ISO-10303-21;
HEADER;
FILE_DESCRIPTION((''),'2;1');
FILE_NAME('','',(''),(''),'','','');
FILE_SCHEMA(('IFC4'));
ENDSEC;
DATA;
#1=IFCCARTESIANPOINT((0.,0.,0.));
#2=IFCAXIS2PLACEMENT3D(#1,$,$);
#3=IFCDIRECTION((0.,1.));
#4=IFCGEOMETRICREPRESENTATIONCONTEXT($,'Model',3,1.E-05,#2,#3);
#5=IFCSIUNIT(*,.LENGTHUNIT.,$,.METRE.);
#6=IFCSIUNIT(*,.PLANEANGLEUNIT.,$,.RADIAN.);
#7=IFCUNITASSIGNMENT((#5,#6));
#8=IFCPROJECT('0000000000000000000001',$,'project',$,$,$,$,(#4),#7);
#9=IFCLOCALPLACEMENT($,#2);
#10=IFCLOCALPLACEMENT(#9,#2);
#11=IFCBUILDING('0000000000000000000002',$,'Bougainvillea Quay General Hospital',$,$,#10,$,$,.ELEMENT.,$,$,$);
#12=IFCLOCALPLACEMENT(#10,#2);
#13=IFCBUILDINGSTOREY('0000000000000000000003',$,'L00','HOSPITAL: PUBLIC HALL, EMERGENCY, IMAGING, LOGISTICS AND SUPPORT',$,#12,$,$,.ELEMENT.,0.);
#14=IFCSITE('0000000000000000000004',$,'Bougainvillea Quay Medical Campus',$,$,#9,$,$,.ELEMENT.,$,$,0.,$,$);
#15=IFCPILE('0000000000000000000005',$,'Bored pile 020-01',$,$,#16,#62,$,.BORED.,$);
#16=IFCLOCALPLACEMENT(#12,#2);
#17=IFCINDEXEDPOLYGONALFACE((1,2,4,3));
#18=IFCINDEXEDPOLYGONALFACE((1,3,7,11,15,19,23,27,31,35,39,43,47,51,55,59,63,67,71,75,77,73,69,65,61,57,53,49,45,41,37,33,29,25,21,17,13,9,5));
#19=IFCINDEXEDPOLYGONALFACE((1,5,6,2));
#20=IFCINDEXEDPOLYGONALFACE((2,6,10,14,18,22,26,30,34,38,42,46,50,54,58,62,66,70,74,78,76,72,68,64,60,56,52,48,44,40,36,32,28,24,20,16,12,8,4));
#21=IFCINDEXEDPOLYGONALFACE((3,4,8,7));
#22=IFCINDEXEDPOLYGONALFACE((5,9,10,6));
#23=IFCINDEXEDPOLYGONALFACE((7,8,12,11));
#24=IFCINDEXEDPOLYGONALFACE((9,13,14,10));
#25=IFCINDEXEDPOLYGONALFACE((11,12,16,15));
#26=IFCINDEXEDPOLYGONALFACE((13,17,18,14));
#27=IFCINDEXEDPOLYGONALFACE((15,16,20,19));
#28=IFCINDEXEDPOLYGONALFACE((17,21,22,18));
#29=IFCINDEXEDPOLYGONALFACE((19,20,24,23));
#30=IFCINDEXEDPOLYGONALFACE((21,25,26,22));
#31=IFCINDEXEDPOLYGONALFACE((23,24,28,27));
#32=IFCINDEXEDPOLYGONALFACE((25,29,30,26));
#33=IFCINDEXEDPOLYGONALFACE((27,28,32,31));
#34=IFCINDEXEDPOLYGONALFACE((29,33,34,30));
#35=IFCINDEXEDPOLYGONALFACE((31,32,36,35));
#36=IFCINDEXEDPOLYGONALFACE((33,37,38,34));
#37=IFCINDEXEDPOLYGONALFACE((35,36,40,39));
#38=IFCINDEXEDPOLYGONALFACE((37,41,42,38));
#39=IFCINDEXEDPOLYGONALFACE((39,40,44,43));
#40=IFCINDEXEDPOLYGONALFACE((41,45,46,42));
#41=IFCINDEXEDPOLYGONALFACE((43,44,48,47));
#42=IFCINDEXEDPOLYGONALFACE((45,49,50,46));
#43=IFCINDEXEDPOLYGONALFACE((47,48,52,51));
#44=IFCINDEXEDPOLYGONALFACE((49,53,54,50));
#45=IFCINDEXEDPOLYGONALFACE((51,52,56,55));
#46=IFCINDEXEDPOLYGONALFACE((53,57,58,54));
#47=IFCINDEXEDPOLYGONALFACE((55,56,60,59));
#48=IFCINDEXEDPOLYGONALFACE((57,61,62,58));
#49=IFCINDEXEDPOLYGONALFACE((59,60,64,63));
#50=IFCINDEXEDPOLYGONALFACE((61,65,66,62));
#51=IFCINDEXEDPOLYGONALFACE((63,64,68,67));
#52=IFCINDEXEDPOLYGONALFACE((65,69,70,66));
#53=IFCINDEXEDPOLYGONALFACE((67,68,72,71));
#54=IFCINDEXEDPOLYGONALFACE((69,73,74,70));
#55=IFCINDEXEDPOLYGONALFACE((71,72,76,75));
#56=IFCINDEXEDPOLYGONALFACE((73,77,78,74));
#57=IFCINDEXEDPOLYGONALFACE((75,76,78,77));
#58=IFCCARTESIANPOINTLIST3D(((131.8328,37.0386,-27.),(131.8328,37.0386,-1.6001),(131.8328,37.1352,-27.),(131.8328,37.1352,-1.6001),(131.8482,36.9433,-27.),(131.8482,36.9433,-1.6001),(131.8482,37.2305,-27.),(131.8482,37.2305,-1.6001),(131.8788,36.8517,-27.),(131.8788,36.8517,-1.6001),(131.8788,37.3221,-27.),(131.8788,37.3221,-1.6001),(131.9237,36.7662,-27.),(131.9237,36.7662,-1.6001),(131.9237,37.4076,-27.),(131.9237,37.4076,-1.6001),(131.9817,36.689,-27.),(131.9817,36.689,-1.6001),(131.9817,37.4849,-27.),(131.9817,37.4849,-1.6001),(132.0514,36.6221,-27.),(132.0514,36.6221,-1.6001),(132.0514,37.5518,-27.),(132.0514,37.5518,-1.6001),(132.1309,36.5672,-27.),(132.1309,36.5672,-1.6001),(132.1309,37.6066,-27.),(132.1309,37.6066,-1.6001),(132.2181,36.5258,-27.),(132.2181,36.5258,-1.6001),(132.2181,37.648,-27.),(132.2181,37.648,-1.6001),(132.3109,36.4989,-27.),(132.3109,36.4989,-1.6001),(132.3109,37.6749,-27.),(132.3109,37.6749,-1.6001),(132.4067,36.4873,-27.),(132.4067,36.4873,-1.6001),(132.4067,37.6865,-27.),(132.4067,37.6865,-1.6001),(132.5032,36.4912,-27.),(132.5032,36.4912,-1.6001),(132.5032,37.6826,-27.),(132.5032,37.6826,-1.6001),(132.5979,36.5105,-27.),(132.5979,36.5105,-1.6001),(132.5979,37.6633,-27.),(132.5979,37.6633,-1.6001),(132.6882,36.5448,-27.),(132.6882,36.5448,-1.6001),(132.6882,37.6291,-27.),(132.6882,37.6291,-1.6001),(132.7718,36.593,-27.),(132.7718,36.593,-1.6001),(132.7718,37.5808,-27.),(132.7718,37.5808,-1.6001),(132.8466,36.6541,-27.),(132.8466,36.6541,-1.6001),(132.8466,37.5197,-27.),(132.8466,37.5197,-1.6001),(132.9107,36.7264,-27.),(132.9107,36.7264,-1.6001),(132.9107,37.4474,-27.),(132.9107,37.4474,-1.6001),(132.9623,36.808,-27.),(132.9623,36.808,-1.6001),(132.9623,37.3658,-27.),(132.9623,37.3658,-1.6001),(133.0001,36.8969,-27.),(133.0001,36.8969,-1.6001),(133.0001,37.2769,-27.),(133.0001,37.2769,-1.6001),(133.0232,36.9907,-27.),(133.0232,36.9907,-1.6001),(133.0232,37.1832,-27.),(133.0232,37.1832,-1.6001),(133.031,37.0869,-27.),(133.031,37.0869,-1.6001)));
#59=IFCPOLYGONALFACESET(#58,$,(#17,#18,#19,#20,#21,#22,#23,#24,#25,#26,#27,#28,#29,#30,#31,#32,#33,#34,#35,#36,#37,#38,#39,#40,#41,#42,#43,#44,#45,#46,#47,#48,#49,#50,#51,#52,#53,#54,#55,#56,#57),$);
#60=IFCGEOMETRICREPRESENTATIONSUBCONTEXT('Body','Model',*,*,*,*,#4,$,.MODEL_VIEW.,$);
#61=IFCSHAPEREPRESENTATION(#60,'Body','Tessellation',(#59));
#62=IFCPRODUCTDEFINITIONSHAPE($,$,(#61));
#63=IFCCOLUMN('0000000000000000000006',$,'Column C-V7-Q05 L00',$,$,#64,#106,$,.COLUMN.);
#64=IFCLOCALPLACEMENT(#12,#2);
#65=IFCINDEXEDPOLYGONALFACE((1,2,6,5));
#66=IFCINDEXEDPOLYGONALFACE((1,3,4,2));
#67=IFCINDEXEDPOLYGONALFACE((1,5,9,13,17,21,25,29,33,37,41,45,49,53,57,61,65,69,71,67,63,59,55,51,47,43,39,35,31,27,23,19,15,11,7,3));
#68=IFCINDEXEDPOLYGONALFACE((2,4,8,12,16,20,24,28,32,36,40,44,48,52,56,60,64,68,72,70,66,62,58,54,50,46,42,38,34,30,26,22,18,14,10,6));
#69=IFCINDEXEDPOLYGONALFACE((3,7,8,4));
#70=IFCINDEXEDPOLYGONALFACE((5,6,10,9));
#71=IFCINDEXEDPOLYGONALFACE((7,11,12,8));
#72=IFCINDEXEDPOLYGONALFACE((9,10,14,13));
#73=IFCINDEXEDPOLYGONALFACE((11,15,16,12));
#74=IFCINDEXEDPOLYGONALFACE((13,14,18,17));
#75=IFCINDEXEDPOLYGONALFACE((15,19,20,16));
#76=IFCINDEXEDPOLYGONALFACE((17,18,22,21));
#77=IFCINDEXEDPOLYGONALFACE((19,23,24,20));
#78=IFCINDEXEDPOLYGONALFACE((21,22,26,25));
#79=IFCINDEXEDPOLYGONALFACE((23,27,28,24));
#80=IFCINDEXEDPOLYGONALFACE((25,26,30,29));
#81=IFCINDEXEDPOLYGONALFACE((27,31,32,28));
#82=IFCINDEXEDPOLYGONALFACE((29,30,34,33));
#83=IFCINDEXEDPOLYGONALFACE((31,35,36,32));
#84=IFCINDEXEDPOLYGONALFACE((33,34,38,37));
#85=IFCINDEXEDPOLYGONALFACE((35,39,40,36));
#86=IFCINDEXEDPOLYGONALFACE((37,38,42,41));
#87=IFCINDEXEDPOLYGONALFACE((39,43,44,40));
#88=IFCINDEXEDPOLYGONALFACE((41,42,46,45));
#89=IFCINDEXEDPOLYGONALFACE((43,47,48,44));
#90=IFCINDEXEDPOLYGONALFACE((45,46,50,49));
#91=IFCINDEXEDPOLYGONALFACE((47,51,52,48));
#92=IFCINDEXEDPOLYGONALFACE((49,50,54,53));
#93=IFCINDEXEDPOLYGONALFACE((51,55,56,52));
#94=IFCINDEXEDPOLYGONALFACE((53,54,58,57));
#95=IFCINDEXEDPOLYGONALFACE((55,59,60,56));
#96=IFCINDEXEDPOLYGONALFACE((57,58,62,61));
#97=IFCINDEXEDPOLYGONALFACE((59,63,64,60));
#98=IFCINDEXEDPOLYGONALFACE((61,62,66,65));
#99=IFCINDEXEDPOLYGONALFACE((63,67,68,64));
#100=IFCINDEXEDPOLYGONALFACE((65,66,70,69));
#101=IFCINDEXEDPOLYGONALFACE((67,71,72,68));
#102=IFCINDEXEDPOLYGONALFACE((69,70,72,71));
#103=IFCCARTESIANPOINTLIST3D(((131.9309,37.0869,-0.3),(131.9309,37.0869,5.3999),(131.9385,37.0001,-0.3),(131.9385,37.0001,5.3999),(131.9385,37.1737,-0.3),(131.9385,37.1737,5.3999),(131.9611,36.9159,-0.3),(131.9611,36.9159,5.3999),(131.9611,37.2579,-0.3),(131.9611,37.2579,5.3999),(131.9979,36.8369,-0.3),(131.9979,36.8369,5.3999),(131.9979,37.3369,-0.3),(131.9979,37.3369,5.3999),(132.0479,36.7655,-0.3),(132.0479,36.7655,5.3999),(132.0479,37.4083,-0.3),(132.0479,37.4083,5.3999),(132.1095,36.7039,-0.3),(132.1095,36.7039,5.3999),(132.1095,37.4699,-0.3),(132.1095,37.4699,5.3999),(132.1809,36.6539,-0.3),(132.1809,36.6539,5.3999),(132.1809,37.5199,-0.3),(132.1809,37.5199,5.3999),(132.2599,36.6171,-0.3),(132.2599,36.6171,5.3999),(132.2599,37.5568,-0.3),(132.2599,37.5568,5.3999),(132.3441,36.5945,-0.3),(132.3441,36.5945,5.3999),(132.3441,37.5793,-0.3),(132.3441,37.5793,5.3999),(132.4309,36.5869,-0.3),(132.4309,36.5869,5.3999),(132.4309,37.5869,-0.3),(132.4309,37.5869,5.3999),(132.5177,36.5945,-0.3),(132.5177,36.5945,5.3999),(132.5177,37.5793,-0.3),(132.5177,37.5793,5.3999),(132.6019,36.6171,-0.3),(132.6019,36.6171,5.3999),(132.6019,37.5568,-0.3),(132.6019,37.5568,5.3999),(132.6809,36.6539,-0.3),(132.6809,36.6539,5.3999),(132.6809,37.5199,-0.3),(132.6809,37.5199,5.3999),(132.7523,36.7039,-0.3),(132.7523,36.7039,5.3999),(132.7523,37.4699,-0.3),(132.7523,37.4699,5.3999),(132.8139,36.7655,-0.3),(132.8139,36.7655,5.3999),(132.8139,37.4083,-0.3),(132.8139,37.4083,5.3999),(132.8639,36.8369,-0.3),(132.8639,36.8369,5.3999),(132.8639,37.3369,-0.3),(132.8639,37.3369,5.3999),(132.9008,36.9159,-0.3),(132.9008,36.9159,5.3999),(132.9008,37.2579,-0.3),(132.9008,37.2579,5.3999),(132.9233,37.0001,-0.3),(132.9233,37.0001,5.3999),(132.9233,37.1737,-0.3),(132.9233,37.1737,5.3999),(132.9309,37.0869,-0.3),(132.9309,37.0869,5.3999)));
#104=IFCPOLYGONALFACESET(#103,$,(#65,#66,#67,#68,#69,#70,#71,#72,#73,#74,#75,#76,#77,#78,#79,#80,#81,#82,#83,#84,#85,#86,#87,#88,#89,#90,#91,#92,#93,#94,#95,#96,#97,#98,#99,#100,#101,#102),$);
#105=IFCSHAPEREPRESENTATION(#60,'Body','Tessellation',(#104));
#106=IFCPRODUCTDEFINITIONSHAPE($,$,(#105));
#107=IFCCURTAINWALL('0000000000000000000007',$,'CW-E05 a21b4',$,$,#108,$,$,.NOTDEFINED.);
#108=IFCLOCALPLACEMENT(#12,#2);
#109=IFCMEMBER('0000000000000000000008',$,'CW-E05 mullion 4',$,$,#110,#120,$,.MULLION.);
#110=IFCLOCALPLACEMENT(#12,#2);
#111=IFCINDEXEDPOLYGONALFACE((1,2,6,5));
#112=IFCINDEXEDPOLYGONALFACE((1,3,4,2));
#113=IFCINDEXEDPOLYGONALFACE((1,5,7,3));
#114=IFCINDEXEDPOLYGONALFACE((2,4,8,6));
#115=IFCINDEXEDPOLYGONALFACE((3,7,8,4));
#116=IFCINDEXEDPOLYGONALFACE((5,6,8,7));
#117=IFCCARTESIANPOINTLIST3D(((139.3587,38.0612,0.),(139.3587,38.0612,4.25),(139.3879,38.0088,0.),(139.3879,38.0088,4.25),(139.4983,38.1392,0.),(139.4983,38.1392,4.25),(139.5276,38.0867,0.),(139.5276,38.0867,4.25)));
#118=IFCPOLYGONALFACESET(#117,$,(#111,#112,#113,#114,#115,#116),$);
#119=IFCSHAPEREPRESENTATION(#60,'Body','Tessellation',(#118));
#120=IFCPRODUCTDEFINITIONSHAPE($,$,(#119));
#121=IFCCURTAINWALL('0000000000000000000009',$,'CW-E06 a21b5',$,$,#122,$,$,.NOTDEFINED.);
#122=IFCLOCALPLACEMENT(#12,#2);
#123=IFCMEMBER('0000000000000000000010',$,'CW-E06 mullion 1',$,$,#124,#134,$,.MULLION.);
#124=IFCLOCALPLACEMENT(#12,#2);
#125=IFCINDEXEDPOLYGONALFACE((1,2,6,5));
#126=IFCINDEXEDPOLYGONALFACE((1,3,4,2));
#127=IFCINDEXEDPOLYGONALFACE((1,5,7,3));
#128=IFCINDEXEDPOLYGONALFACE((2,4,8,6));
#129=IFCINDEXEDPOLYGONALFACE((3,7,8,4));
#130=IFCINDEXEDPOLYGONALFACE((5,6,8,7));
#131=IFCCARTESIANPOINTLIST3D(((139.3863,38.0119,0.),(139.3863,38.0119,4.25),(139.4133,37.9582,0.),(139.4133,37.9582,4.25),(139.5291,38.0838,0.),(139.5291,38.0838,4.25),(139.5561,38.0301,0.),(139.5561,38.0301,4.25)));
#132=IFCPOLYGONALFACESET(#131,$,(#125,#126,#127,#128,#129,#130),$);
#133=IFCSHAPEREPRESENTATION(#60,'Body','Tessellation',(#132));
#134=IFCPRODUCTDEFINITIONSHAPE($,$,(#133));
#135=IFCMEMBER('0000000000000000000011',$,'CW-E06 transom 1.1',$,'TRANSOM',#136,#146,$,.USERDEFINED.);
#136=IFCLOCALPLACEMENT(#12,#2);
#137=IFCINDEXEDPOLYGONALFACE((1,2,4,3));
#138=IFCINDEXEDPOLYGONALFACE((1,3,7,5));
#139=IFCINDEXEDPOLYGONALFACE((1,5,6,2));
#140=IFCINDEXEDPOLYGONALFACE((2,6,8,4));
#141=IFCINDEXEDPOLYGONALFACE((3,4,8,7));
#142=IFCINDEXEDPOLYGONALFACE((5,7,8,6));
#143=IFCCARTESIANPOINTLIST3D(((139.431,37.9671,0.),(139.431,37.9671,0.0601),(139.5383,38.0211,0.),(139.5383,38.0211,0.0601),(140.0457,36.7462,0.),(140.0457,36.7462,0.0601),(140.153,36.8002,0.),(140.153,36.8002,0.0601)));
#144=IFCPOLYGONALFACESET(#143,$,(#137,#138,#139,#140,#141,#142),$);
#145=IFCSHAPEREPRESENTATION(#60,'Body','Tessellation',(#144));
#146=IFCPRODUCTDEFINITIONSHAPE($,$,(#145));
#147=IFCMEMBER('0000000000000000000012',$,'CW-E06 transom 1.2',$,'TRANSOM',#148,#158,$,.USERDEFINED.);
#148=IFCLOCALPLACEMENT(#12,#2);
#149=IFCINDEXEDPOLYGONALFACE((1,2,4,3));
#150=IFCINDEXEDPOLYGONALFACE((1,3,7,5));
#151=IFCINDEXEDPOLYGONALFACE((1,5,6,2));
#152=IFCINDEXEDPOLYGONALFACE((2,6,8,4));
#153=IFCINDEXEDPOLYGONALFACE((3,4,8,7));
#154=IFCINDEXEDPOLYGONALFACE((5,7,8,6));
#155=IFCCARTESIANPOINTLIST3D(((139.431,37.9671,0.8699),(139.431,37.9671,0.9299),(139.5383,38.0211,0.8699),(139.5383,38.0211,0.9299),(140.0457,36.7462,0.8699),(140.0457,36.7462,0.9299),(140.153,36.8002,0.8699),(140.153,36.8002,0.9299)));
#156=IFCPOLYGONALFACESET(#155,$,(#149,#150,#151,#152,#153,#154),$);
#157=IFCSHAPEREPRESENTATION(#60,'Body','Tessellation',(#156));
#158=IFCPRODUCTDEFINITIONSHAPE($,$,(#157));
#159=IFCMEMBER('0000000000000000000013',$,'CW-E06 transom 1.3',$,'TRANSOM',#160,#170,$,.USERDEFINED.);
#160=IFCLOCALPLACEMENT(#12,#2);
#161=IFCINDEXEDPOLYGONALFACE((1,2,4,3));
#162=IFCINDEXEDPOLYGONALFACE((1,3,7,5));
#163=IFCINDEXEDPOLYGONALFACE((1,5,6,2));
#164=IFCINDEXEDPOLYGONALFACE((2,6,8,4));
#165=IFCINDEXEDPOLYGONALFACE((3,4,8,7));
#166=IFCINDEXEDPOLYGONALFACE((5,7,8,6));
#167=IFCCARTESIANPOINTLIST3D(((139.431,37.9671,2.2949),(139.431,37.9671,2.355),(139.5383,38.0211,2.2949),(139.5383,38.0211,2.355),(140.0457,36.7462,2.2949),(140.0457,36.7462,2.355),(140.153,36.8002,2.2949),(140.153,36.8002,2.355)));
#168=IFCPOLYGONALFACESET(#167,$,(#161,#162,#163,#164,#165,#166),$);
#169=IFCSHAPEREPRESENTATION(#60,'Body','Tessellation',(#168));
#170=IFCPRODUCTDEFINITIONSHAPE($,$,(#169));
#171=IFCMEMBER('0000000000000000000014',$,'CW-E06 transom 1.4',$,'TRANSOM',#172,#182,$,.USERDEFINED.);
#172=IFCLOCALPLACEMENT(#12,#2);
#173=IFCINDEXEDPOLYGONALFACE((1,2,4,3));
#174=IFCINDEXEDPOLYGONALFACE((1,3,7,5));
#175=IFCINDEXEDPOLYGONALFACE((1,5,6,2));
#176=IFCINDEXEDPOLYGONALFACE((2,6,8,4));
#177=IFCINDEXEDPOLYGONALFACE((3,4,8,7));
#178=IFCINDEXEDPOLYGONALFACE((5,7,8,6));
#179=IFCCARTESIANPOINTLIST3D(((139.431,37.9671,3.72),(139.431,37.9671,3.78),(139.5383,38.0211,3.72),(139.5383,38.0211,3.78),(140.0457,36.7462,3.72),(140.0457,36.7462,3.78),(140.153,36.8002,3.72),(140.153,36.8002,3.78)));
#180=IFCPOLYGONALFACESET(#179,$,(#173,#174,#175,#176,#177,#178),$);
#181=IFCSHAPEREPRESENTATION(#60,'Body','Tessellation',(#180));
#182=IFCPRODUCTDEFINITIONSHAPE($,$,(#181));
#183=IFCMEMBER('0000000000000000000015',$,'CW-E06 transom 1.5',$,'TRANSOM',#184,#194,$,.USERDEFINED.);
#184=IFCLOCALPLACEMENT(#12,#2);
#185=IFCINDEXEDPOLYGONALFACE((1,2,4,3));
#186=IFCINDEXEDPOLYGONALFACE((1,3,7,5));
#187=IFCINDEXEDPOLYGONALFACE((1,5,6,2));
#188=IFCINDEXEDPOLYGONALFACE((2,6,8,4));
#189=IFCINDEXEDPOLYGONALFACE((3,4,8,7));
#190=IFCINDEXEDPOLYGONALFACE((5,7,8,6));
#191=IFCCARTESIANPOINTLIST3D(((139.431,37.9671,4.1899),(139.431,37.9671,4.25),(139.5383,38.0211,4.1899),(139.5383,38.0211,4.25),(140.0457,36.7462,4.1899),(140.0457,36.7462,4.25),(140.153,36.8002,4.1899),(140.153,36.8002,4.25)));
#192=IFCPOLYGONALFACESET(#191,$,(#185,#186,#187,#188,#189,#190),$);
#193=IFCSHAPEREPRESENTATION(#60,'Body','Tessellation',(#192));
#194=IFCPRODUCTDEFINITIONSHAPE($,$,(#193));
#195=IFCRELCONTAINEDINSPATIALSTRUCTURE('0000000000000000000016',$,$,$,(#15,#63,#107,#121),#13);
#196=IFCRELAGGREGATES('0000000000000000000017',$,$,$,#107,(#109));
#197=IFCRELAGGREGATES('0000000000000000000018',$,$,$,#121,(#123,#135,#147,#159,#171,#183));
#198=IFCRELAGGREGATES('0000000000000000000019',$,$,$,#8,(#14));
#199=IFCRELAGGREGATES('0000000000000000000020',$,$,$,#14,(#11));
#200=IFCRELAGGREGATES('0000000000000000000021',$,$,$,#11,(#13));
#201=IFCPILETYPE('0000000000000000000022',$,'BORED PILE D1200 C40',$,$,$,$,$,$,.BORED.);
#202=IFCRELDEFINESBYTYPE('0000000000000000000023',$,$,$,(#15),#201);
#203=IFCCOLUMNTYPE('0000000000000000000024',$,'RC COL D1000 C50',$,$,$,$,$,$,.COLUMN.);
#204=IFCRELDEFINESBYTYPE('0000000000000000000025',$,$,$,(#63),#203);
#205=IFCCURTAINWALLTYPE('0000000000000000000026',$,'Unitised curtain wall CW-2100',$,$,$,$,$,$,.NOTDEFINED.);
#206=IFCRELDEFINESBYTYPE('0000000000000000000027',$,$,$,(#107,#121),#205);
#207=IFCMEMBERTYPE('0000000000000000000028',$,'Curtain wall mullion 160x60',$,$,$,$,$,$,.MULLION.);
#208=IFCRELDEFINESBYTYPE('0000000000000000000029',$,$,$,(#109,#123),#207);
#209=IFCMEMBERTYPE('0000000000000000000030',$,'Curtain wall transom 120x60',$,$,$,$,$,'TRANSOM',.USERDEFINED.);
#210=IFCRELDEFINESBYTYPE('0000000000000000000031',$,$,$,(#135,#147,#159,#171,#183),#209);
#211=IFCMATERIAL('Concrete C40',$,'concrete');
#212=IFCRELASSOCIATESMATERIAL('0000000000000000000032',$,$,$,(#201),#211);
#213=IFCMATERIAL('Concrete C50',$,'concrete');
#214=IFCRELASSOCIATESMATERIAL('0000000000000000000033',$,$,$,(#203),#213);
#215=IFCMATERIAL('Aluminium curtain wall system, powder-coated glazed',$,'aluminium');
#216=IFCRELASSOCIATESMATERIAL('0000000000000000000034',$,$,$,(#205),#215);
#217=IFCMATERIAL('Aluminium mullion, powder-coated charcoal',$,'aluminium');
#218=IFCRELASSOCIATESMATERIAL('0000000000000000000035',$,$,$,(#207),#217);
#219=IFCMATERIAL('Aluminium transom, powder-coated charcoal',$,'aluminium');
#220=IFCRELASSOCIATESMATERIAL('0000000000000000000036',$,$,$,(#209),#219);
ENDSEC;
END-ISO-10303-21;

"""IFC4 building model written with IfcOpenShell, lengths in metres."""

from ifc_helpers import new_model, si_unit, direction, frame, origin, origin_2d, place, context, subcontext, project, spatial, rectangle, circle, extrude, material, material_profile, profile_set, type_object, element, aggregate, save


model = new_model("IFC4")

# Units and contexts
model_context = context("Model", 3, precision=1e-05, world=origin(), true_north=direction((0.0, 1.0)))
body_context = subcontext(model_context, "Body", "Model", "MODEL_VIEW")
ifc_project = project(units=[si_unit("LENGTHUNIT", "METRE"), si_unit("PLANEANGLEUNIT", "RADIAN")], contexts=[model_context])

# Site, building, storey
site_placement = place(None, origin())
site = spatial("IfcSite", under=ifc_project, at=site_placement, Name="Bougainvillea Quay Medical Campus", CompositionType="ELEMENT", RefElevation=0.0)
building_placement = place(site_placement, origin())
building = spatial("IfcBuilding", under=site, at=building_placement, Name="Bougainvillea Quay General Hospital", CompositionType="ELEMENT")
storey_placement = place(building_placement, origin())
storey = spatial("IfcBuildingStorey", under=building, at=storey_placement, Name="L00", Description="HOSPITAL: PUBLIC HALL, EMERGENCY, IMAGING, LOGISTICS AND SUPPORT", CompositionType="ELEMENT", Elevation=0.0)

# Pile
ifc_material_1 = material(Name="Concrete C40", Category="concrete")
ifc_material_profile_1 = material_profile(ifc_material_1, circle(Radius=0.6001, at=origin_2d()))
ifc_profile_set_1 = profile_set([ifc_material_profile_1], Name="Concrete C40")
pile_type = type_object("IfcPileType", Name="BORED PILE D1200 C40", PredefinedType="BORED", material=ifc_profile_set_1)
pile_placement = place(storey_placement, frame((132.4309, 37.0869, -1.6001), z_axis=(0.0, 0.0, -1.0), x_axis=(1.0, 0.0, 0.0)))
element("IfcPile", 1, at=pile_placement, inside=storey, type_object=pile_type, Name="Bored pile 020-01", PredefinedType="BORED", context=body_context, shape_type="SweptSolid", body=[
    extrude(circle(Radius=0.6001, at=origin_2d()), origin(), (0.0, 0.0, 1.0), 25.3999),
])

# Column
ifc_material_2 = material(Name="Concrete C50", Category="concrete")
ifc_material_profile_2 = material_profile(ifc_material_2, circle(Radius=0.5, at=origin_2d()))
ifc_profile_set_2 = profile_set([ifc_material_profile_2], Name="Concrete C50")
column_type = type_object("IfcColumnType", Name="RC COL D1000 C50", PredefinedType="COLUMN", material=ifc_profile_set_2)
column_placement = place(storey_placement, frame((132.4309, 37.0869, -0.3), z_axis=(0.0, 0.0, 1.0), x_axis=(1.0, 0.0, 0.0)))
element("IfcColumn", 2, at=column_placement, inside=storey, type_object=column_type, Name="Column C-V7-Q05 L00", PredefinedType="COLUMN", context=body_context, shape_type="SweptSolid", body=[
    extrude(circle(Radius=0.5, at=origin_2d()), origin(), (0.0, 0.0, 1.0), 5.7),
])

# Curtain wall, member
ifc_material_3 = material(Name="Aluminium curtain wall system, powder-coated glazed", Category="aluminium")
curtain_wall_type = type_object("IfcCurtainWallType", Name="Unitised curtain wall CW-2100", PredefinedType="NOTDEFINED", material=ifc_material_3)
curtain_wall_1_placement = place(storey_placement, origin())
curtain_wall_1 = element("IfcCurtainWall", 3, at=curtain_wall_1_placement, inside=storey, type_object=curtain_wall_type, Name="CW-E05 a21b4", PredefinedType="NOTDEFINED")
ifc_material_4 = material(Name="Aluminium mullion, powder-coated charcoal", Category="aluminium")
ifc_material_profile_3 = material_profile(ifc_material_4, rectangle(XDim=0.1599, YDim=0.0601, at=origin_2d()))
ifc_profile_set_3 = profile_set([ifc_material_profile_3], Name="Aluminium mullion, powder-coated charcoal")
member_type_1 = type_object("IfcMemberType", Name="Curtain wall mullion 160x60", PredefinedType="MULLION", material=ifc_profile_set_3)
member_1_placement = place(storey_placement, frame((139.4431, 38.074, 0.0), z_axis=(0.0, 0.0, 1.0), x_axis=(0.873274, 0.48723, 0.0)))
member_1 = element("IfcMember", 4, at=member_1_placement, type_object=member_type_1, Name="CW-E05 mullion 4", PredefinedType="MULLION", context=body_context, shape_type="SweptSolid", body=[
    extrude(rectangle(XDim=0.1599, YDim=0.0601, at=origin_2d()), origin(), (0.0, 0.0, 1.0), 4.25),
])

# Curtain wall, members
curtain_wall_2_placement = place(storey_placement, origin())
curtain_wall_2 = element("IfcCurtainWall", 5, at=curtain_wall_2_placement, inside=storey, type_object=curtain_wall_type, Name="CW-E06 a21b5", PredefinedType="NOTDEFINED")
member_2_placement = place(storey_placement, frame((139.4712, 38.021, 0.0), z_axis=(0.0, 0.0, 1.0), x_axis=(0.893204, 0.449652, 0.0)))
member_2 = element("IfcMember", 6, at=member_2_placement, type_object=member_type_1, Name="CW-E06 mullion 1", PredefinedType="MULLION", context=body_context, shape_type="SweptSolid", body=[
    extrude(rectangle(XDim=0.1599, YDim=0.0601, at=origin_2d()), origin(), (0.0, 0.0, 1.0), 4.25),
])
ifc_material_5 = material(Name="Aluminium transom, powder-coated charcoal", Category="aluminium")
ifc_material_profile_4 = material_profile(ifc_material_5, rectangle(XDim=0.1201, YDim=0.0601, at=origin_2d()))
ifc_profile_set_4 = profile_set([ifc_material_profile_4], Name="Aluminium transom, powder-coated charcoal")
member_type_2 = type_object("IfcMemberType", Name="Curtain wall transom 120x60", ElementType="TRANSOM", PredefinedType="USERDEFINED", material=ifc_profile_set_4)
member_3_placement = place(storey_placement, frame((139.4846, 37.9941, 0.03), z_axis=(0.449712, -0.893174, 0.0), x_axis=(0.893174, 0.449712, 0.0)))
member_3 = element("IfcMember", 7, at=member_3_placement, type_object=member_type_2, Name="CW-E06 transom 1.1", ObjectType="TRANSOM", PredefinedType="USERDEFINED", context=body_context, shape_type="SweptSolid", body=[
    extrude(rectangle(XDim=0.1201, YDim=0.0601, at=origin_2d()), origin(), (0.0, 0.0, 1.0), 1.3669),
])
member_4_placement = place(storey_placement, frame((139.4846, 37.9941, 0.8999), z_axis=(0.449712, -0.893174, 0.0), x_axis=(0.893174, 0.449712, 0.0)))
member_4 = element("IfcMember", 8, at=member_4_placement, type_object=member_type_2, Name="CW-E06 transom 1.2", ObjectType="TRANSOM", PredefinedType="USERDEFINED", context=body_context, shape_type="SweptSolid", body=[
    extrude(rectangle(XDim=0.1201, YDim=0.0601, at=origin_2d()), origin(), (0.0, 0.0, 1.0), 1.3669),
])
member_5_placement = place(storey_placement, frame((139.4846, 37.9941, 2.325), z_axis=(0.449712, -0.893174, 0.0), x_axis=(0.893174, 0.449712, 0.0)))
member_5 = element("IfcMember", 9, at=member_5_placement, type_object=member_type_2, Name="CW-E06 transom 1.3", ObjectType="TRANSOM", PredefinedType="USERDEFINED", context=body_context, shape_type="SweptSolid", body=[
    extrude(rectangle(XDim=0.1201, YDim=0.0601, at=origin_2d()), origin(), (0.0, 0.0, 1.0), 1.3669),
])
member_6_placement = place(storey_placement, frame((139.4846, 37.9941, 3.75), z_axis=(0.449712, -0.893174, 0.0), x_axis=(0.893174, 0.449712, 0.0)))
member_6 = element("IfcMember", 10, at=member_6_placement, type_object=member_type_2, Name="CW-E06 transom 1.4", ObjectType="TRANSOM", PredefinedType="USERDEFINED", context=body_context, shape_type="SweptSolid", body=[
    extrude(rectangle(XDim=0.1201, YDim=0.0601, at=origin_2d()), origin(), (0.0, 0.0, 1.0), 1.3669),
])
member_7_placement = place(storey_placement, frame((139.4846, 37.9941, 4.22), z_axis=(0.449712, -0.893174, 0.0), x_axis=(0.893174, 0.449712, 0.0)))
member_7 = element("IfcMember", 11, at=member_7_placement, type_object=member_type_2, Name="CW-E06 transom 1.5", ObjectType="TRANSOM", PredefinedType="USERDEFINED", context=body_context, shape_type="SweptSolid", body=[
    extrude(rectangle(XDim=0.1201, YDim=0.0601, at=origin_2d()), origin(), (0.0, 0.0, 1.0), 1.3669),
])

aggregate(curtain_wall_1, [member_1])
aggregate(curtain_wall_2, [member_2, member_3, member_4, member_5, member_6, member_7])

save(model, "model.ifc")
